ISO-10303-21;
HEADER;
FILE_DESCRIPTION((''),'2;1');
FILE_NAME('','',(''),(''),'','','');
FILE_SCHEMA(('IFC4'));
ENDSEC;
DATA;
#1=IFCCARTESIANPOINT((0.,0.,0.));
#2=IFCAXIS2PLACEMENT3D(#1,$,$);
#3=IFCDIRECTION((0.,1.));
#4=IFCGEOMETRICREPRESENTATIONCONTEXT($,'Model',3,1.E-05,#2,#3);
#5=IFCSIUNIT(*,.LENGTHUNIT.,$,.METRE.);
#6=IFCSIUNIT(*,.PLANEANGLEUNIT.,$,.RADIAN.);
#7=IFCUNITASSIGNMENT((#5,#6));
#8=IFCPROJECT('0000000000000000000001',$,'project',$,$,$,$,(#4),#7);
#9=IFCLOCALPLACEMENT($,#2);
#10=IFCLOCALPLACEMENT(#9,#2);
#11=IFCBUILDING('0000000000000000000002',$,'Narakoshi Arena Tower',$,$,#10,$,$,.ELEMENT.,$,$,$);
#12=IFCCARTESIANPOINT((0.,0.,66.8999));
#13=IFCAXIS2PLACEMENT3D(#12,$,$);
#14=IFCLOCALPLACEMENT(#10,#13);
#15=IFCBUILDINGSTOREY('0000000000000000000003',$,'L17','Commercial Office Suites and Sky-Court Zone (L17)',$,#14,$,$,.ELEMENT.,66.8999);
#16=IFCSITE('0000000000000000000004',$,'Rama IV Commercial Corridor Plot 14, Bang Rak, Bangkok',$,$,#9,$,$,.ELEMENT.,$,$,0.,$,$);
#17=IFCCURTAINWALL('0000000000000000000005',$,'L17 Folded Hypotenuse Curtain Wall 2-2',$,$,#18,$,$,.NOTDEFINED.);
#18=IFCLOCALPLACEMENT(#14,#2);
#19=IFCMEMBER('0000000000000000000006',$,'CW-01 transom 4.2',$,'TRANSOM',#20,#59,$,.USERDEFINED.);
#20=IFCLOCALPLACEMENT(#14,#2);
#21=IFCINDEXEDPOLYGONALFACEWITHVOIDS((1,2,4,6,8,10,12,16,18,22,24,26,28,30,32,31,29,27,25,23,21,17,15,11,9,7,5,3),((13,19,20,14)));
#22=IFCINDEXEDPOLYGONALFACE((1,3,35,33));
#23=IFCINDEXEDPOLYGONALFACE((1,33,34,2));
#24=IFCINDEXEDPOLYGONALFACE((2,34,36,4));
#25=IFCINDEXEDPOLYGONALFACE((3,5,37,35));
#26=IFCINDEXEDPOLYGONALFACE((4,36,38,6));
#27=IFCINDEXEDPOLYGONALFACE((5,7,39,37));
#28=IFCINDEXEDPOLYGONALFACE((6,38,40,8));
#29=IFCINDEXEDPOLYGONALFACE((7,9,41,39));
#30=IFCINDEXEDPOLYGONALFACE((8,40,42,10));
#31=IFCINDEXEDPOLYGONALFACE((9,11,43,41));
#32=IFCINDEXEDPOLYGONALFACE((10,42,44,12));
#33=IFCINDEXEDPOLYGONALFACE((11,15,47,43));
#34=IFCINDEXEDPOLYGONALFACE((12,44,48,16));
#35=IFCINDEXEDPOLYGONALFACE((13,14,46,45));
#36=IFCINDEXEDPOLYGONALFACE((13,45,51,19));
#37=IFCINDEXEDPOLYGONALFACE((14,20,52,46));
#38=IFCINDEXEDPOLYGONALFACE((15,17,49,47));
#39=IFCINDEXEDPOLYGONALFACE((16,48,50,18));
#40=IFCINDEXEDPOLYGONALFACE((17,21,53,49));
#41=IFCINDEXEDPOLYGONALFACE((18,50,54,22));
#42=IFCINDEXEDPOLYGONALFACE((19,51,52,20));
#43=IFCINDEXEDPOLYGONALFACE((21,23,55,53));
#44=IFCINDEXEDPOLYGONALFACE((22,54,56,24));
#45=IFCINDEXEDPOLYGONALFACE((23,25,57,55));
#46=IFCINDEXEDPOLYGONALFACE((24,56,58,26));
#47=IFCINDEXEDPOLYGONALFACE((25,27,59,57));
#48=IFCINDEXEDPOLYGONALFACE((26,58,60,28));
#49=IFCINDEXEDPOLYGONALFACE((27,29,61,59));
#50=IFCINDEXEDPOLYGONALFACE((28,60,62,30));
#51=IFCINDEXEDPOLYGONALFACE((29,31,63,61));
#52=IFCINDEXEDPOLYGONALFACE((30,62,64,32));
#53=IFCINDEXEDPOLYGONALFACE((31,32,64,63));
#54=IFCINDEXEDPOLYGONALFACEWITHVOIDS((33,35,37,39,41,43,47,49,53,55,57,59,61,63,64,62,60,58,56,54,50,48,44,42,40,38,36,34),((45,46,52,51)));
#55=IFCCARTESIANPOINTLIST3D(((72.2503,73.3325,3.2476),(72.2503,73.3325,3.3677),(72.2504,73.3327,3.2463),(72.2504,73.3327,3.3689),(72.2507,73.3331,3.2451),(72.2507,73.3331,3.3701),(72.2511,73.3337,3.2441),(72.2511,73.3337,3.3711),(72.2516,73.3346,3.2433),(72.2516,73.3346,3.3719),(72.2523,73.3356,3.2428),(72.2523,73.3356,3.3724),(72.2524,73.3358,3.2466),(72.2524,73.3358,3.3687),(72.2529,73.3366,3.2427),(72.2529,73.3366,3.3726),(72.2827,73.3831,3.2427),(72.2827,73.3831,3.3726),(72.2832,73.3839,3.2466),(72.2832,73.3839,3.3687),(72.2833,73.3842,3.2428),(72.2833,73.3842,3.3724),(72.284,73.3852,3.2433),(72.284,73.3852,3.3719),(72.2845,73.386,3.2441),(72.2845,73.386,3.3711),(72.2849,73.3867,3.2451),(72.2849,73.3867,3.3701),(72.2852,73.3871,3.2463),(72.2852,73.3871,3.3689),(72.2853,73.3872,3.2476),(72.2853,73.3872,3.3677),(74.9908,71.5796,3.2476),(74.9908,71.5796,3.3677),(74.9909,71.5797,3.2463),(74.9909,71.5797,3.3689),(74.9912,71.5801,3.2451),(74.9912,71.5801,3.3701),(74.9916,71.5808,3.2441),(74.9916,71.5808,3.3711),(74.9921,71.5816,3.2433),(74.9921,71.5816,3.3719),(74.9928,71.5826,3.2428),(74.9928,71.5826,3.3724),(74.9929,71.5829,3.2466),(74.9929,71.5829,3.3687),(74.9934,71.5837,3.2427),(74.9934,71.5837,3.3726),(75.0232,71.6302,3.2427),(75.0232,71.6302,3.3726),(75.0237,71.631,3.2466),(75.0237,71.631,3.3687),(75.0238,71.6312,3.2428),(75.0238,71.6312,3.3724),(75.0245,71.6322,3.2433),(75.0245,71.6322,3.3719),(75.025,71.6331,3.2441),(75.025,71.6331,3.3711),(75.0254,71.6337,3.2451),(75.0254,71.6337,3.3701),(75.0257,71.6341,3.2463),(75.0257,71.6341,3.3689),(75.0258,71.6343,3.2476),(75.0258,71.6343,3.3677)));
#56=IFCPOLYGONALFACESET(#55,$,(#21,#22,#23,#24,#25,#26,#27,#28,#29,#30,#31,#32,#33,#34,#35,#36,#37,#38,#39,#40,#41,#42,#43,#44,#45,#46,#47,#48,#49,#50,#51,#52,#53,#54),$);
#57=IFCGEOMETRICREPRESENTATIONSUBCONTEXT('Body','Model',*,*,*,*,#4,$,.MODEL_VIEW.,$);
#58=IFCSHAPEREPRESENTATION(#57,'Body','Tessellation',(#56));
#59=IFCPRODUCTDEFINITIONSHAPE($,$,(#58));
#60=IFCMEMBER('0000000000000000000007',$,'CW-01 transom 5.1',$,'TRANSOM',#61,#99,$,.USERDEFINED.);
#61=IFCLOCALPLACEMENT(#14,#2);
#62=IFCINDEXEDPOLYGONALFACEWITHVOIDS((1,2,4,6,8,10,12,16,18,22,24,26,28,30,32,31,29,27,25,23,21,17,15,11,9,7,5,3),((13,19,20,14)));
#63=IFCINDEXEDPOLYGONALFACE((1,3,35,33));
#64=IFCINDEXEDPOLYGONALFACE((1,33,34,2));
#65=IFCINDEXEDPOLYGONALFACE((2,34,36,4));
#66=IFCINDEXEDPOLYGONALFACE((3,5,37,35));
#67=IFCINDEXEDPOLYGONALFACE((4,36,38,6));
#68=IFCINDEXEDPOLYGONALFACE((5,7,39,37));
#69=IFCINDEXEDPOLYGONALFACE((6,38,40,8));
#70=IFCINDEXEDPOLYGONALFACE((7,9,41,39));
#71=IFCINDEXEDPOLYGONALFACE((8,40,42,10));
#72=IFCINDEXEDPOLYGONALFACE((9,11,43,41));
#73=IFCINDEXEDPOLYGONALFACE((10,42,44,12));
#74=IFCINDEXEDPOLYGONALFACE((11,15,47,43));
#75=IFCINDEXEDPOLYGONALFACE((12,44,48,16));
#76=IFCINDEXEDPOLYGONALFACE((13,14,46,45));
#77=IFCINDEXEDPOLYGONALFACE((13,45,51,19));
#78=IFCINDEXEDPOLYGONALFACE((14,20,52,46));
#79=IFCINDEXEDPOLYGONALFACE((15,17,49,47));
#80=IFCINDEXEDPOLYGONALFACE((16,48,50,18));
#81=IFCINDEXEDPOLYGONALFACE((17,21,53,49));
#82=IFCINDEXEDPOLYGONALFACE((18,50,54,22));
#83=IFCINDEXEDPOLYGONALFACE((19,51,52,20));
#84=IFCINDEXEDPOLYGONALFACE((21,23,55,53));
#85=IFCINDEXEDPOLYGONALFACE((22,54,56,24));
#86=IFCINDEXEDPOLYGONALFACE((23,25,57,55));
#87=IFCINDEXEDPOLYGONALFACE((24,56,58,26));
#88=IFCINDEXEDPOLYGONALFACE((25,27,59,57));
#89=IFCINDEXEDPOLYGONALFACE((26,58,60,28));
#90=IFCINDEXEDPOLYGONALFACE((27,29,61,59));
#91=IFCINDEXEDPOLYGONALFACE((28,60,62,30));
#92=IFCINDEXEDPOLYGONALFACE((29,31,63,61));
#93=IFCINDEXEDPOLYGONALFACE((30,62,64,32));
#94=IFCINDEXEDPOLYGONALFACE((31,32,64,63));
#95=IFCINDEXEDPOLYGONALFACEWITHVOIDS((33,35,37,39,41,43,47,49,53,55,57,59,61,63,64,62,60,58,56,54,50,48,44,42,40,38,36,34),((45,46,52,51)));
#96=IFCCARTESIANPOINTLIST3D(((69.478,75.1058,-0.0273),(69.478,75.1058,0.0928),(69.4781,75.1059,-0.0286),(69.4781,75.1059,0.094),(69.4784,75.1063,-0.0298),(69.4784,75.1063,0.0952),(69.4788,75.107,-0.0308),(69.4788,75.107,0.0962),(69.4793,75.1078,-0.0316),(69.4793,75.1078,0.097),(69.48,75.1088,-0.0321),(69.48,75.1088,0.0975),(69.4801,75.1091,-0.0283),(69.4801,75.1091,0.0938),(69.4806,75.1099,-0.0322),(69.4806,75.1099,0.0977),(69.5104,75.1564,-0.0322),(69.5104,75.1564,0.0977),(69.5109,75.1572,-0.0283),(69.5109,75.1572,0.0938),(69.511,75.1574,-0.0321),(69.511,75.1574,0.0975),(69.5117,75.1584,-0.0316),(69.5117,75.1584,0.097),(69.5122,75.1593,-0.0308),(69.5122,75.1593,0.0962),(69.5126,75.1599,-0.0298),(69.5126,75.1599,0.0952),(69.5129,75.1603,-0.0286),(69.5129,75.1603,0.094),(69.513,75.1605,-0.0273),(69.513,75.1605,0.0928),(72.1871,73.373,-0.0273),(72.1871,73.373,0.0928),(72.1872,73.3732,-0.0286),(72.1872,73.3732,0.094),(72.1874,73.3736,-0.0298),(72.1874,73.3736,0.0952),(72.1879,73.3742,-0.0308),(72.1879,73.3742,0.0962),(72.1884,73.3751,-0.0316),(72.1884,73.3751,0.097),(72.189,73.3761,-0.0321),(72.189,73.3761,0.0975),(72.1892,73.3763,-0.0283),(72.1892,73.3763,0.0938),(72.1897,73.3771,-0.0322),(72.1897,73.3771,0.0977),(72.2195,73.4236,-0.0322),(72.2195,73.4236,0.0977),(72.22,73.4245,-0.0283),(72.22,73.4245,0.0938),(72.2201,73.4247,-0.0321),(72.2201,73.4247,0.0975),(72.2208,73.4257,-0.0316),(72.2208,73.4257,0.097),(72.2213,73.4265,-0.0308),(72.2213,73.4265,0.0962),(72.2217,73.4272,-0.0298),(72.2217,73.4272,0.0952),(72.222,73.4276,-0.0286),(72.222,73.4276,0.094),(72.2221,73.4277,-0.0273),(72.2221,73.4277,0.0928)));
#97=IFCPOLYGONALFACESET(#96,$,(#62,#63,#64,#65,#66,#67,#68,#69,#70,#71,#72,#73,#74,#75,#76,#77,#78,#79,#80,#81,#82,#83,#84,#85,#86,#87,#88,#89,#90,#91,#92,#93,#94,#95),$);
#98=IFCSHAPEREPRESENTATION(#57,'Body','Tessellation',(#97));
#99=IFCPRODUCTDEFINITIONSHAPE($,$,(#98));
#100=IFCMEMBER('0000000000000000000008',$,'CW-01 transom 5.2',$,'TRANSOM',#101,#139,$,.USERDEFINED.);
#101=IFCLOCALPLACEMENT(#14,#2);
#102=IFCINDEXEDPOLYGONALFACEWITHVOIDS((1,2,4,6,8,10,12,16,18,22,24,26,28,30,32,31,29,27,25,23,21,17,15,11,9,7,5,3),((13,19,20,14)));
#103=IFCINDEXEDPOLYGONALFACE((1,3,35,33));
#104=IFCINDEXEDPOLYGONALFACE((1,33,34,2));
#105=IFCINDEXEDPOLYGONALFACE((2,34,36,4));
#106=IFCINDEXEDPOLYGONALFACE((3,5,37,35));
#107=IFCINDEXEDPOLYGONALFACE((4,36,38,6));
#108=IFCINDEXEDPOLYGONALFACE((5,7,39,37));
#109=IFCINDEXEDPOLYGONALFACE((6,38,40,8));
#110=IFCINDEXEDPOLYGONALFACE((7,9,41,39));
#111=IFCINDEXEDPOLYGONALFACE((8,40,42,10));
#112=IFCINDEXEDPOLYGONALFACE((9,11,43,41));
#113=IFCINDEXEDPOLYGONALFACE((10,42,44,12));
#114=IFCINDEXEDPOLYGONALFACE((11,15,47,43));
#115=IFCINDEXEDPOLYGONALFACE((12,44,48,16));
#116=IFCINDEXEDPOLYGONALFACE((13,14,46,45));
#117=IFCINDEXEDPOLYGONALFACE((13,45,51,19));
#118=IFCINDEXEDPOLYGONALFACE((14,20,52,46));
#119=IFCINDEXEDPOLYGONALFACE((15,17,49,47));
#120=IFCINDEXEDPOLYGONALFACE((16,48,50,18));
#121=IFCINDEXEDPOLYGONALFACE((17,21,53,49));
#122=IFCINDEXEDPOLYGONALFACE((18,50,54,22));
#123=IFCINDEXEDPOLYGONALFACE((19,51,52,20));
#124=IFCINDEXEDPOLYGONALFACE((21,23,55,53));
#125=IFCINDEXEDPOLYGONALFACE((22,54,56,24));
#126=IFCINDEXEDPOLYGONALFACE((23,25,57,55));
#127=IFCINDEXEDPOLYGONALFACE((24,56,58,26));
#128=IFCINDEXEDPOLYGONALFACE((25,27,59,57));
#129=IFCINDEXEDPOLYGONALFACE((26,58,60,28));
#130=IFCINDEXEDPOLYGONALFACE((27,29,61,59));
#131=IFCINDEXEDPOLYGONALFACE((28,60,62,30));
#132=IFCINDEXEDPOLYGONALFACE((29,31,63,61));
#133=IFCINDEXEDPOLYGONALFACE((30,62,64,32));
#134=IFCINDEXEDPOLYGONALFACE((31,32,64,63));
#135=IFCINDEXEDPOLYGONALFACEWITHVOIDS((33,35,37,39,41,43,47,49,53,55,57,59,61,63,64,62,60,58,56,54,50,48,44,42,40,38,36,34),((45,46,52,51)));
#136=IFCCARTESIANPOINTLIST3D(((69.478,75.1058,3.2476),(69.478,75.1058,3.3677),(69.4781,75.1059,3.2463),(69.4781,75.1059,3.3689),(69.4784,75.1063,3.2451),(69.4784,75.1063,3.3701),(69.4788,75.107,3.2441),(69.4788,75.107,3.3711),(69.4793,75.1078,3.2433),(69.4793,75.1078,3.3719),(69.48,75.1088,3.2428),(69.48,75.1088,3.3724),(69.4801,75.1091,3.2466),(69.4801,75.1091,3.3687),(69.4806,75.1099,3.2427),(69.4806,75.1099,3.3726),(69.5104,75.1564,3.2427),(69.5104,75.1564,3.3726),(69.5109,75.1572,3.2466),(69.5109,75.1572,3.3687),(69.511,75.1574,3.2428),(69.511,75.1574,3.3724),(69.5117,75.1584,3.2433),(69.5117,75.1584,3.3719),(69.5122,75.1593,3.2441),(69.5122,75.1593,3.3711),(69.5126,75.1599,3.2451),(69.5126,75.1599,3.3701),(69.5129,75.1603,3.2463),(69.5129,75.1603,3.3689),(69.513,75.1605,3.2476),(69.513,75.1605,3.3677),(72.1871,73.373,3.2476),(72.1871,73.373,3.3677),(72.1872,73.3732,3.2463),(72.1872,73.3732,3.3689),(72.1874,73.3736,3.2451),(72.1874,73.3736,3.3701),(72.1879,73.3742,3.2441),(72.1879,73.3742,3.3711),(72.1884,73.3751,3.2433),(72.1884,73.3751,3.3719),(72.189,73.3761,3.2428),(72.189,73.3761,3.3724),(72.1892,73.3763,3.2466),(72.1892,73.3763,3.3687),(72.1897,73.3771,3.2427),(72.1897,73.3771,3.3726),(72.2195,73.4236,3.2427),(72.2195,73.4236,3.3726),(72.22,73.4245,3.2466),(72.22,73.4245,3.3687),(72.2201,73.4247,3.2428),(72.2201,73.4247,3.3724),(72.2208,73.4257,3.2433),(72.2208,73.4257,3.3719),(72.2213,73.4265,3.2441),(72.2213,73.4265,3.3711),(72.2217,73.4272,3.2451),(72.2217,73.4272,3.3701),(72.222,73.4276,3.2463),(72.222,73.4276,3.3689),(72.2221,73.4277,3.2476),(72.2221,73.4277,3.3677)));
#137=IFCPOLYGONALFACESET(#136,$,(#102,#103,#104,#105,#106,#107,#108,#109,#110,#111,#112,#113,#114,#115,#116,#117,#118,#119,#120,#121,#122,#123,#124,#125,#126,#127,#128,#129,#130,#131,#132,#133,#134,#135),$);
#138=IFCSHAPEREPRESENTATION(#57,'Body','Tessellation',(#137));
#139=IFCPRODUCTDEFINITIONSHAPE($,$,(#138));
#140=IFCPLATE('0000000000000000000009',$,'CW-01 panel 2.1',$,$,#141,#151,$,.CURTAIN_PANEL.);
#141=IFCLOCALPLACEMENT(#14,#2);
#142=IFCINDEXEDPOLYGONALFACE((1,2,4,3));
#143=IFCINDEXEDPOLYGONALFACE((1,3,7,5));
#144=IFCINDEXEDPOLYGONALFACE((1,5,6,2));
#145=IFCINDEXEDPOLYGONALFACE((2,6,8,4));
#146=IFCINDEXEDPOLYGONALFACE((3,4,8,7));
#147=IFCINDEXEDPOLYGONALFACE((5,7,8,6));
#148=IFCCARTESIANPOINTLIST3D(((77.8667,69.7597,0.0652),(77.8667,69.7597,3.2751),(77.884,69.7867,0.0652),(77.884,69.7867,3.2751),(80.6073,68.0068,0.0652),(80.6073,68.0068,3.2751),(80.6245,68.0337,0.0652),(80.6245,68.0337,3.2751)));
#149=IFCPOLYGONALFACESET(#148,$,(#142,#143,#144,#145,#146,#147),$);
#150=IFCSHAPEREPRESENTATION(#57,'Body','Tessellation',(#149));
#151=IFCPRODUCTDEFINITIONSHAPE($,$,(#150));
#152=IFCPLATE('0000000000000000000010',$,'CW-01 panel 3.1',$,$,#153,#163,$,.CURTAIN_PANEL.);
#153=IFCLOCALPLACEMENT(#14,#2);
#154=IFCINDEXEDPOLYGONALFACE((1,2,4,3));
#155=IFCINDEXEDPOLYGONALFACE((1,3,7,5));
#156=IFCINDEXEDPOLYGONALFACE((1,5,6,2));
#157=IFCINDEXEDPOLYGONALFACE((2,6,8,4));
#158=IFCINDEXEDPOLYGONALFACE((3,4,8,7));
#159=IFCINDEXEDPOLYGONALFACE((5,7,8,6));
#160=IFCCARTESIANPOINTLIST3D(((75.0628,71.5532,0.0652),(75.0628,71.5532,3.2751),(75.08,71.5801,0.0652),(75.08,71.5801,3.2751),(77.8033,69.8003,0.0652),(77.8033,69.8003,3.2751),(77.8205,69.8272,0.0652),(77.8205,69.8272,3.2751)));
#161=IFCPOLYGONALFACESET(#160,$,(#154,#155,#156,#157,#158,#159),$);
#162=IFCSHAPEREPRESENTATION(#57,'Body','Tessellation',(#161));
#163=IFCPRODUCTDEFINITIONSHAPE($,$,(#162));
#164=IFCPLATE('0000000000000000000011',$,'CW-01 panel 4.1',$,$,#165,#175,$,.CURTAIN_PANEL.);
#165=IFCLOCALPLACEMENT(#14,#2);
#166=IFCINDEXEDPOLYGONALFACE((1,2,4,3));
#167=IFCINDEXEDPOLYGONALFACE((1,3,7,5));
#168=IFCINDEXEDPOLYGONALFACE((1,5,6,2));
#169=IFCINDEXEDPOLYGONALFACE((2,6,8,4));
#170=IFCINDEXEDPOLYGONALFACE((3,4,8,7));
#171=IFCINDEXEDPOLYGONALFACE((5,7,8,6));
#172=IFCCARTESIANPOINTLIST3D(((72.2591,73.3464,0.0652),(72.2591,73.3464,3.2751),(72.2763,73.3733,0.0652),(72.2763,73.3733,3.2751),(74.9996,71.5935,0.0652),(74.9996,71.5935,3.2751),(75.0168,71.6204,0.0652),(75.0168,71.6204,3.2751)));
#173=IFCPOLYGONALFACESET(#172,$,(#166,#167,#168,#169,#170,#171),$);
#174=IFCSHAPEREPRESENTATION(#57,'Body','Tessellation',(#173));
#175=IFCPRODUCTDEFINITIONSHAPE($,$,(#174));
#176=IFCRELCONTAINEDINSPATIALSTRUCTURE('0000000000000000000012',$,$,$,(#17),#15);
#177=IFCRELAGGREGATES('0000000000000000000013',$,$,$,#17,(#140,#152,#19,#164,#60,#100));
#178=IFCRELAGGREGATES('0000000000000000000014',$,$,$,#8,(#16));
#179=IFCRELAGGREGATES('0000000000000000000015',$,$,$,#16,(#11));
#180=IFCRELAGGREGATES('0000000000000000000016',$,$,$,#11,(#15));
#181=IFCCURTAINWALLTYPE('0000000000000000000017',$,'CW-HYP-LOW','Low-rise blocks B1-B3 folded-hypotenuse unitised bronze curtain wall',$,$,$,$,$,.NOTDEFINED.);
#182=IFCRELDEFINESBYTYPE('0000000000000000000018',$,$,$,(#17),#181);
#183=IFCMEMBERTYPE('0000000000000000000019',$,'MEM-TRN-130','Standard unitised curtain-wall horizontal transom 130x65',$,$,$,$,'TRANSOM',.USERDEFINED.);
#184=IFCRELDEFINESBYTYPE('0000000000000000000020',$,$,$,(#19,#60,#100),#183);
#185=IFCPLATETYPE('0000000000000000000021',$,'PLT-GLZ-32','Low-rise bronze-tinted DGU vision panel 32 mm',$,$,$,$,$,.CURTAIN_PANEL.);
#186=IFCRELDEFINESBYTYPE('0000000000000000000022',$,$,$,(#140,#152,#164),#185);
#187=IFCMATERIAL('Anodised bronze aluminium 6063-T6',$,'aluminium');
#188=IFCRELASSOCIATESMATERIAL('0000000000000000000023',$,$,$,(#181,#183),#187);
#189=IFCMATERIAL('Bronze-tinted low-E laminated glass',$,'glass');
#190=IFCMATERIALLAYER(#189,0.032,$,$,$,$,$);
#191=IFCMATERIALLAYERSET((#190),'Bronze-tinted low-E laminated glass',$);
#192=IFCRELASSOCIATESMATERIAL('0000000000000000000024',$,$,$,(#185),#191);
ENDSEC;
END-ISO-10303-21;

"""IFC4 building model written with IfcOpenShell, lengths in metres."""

from ifc_helpers import new_model, si_unit, direction, frame, origin, origin_2d, place, context, subcontext, project, spatial, rectangle, hollow_rectangle, extrude, material, layer, layer_set, material_profile, profile_set, type_object, element, aggregate, save


model = new_model("IFC4")

# Units and contexts
model_context = context("Model", 3, precision=1e-05, world=origin(), true_north=direction((0.0, 1.0)))
body_context = subcontext(model_context, "Body", "Model", "MODEL_VIEW")
ifc_project = project(units=[si_unit("LENGTHUNIT", "METRE"), si_unit("PLANEANGLEUNIT", "RADIAN")], contexts=[model_context])

# Site, building, storey
site_placement = place(None, origin())
site = spatial("IfcSite", under=ifc_project, at=site_placement, Name="Rama IV Commercial Corridor Plot 14, Bang Rak, Bangkok", CompositionType="ELEMENT", RefElevation=0.0)
building_placement = place(site_placement, origin())
building = spatial("IfcBuilding", under=site, at=building_placement, Name="Narakoshi Arena Tower", CompositionType="ELEMENT")
storey_placement = place(building_placement, frame((0.0, 0.0, 66.8999)))
storey = spatial("IfcBuildingStorey", under=building, at=storey_placement, Name="L17", Description="Commercial Office Suites and Sky-Court Zone (L17)", CompositionType="ELEMENT", Elevation=66.8999)

# Curtain wall, members, plates
ifc_material_1 = material(Name="Anodised bronze aluminium 6063-T6", Category="aluminium")
curtain_wall_type = type_object("IfcCurtainWallType", Name="CW-HYP-LOW", Description="Low-rise blocks B1-B3 folded-hypotenuse unitised bronze curtain wall", PredefinedType="NOTDEFINED", material=ifc_material_1)
curtain_wall_placement = place(storey_placement, origin())
curtain_wall = element("IfcCurtainWall", 1, at=curtain_wall_placement, inside=storey, type_object=curtain_wall_type, Name="L17 Folded Hypotenuse Curtain Wall 2-2", PredefinedType="NOTDEFINED")
ifc_material_profile_1 = material_profile(ifc_material_1, hollow_rectangle(XDim=0.0649, YDim=0.1299, WallThickness=0.0039, OuterFilletRadius=0.0049, at=origin_2d()), Name="TRN130x65x4")
ifc_profile_set_1 = profile_set([ifc_material_profile_1], Name="Anodised bronze aluminium 6063-T6")
member_type_1 = type_object("IfcMemberType", Name="MEM-TRN-130", Description="Standard unitised curtain-wall horizontal transom 130x65", ElementType="TRANSOM", PredefinedType="USERDEFINED", material=ifc_profile_set_1)
member_1_placement = place(storey_placement, frame((75.0083, 71.6069, 3.3076), z_axis=(-0.842408, 0.538841, 0.0), x_axis=(-0.538841, -0.842408, 0.0)))
member_1 = element("IfcMember", 2, at=member_1_placement, type_object=member_type_1, Name="CW-01 transom 4.2", ObjectType="TRANSOM", PredefinedType="USERDEFINED", context=body_context, shape_type="SweptSolid", body=[
    extrude(hollow_rectangle(XDim=0.0649, YDim=0.1299, WallThickness=0.0039, OuterFilletRadius=0.0049, at=origin_2d()), origin(), (0.0, 0.0, 1.0), 3.2532),
])
member_2_placement = place(storey_placement, frame((72.2046, 73.4004, 0.0327), z_axis=(-0.842424, 0.538815, 0.0), x_axis=(-0.538815, -0.842424, 0.0)))
member_2 = element("IfcMember", 3, at=member_2_placement, type_object=member_type_1, Name="CW-01 transom 5.1", ObjectType="TRANSOM", PredefinedType="USERDEFINED", context=body_context, shape_type="SweptSolid", body=[
    extrude(hollow_rectangle(XDim=0.0649, YDim=0.1299, WallThickness=0.0039, OuterFilletRadius=0.0049, at=origin_2d()), origin(), (0.0, 0.0, 1.0), 3.2158),
])
member_3_placement = place(storey_placement, frame((72.2046, 73.4004, 3.3076), z_axis=(-0.842424, 0.538815, 0.0), x_axis=(-0.538815, -0.842424, 0.0)))
member_3 = element("IfcMember", 4, at=member_3_placement, type_object=member_type_1, Name="CW-01 transom 5.2", ObjectType="TRANSOM", PredefinedType="USERDEFINED", context=body_context, shape_type="SweptSolid", body=[
    extrude(hollow_rectangle(XDim=0.0649, YDim=0.1299, WallThickness=0.0039, OuterFilletRadius=0.0049, at=origin_2d()), origin(), (0.0, 0.0, 1.0), 3.2158),
])
ifc_material_2 = material(Name="Bronze-tinted low-E laminated glass", Category="glass")
ifc_layer_1 = layer(ifc_material_2, 0.032)
ifc_layer_set_1 = layer_set([ifc_layer_1], Name="Bronze-tinted low-E laminated glass")
plate_type = type_object("IfcPlateType", Name="PLT-GLZ-32", Description="Low-rise bronze-tinted DGU vision panel 32 mm", PredefinedType="CURTAIN_PANEL", material=ifc_layer_set_1)
plate_1_placement = place(storey_placement, frame((79.2456, 68.8967, 0.0652), z_axis=(0.0, 0.0, 1.0), x_axis=(-0.842415, 0.538829, 0.0)))
plate_1 = element("IfcPlate", 5, at=plate_1_placement, type_object=plate_type, Name="CW-01 panel 2.1", PredefinedType="CURTAIN_PANEL", context=body_context, shape_type="SweptSolid", body=[
    extrude(rectangle(XDim=3.2532, YDim=0.032, at=origin_2d()), origin(), (0.0, 0.0, 1.0), 3.21),
])
plate_2_placement = place(storey_placement, frame((76.4417, 70.6902, 0.0652), z_axis=(0.0, 0.0, 1.0), x_axis=(-0.842415, 0.538829, 0.0)))
plate_2 = element("IfcPlate", 6, at=plate_2_placement, type_object=plate_type, Name="CW-01 panel 3.1", PredefinedType="CURTAIN_PANEL", context=body_context, shape_type="SweptSolid", body=[
    extrude(rectangle(XDim=3.2532, YDim=0.032, at=origin_2d()), origin(), (0.0, 0.0, 1.0), 3.21),
])
plate_3_placement = place(storey_placement, frame((73.6379, 72.4834, 0.0652), z_axis=(0.0, 0.0, 1.0), x_axis=(-0.842415, 0.538829, 0.0)))
plate_3 = element("IfcPlate", 7, at=plate_3_placement, type_object=plate_type, Name="CW-01 panel 4.1", PredefinedType="CURTAIN_PANEL", context=body_context, shape_type="SweptSolid", body=[
    extrude(rectangle(XDim=3.2532, YDim=0.032, at=origin_2d()), origin(), (0.0, 0.0, 1.0), 3.21),
])
aggregate(curtain_wall, [plate_1, plate_2, member_1, plate_3, member_2, member_3])

save(model, "model.ifc")
